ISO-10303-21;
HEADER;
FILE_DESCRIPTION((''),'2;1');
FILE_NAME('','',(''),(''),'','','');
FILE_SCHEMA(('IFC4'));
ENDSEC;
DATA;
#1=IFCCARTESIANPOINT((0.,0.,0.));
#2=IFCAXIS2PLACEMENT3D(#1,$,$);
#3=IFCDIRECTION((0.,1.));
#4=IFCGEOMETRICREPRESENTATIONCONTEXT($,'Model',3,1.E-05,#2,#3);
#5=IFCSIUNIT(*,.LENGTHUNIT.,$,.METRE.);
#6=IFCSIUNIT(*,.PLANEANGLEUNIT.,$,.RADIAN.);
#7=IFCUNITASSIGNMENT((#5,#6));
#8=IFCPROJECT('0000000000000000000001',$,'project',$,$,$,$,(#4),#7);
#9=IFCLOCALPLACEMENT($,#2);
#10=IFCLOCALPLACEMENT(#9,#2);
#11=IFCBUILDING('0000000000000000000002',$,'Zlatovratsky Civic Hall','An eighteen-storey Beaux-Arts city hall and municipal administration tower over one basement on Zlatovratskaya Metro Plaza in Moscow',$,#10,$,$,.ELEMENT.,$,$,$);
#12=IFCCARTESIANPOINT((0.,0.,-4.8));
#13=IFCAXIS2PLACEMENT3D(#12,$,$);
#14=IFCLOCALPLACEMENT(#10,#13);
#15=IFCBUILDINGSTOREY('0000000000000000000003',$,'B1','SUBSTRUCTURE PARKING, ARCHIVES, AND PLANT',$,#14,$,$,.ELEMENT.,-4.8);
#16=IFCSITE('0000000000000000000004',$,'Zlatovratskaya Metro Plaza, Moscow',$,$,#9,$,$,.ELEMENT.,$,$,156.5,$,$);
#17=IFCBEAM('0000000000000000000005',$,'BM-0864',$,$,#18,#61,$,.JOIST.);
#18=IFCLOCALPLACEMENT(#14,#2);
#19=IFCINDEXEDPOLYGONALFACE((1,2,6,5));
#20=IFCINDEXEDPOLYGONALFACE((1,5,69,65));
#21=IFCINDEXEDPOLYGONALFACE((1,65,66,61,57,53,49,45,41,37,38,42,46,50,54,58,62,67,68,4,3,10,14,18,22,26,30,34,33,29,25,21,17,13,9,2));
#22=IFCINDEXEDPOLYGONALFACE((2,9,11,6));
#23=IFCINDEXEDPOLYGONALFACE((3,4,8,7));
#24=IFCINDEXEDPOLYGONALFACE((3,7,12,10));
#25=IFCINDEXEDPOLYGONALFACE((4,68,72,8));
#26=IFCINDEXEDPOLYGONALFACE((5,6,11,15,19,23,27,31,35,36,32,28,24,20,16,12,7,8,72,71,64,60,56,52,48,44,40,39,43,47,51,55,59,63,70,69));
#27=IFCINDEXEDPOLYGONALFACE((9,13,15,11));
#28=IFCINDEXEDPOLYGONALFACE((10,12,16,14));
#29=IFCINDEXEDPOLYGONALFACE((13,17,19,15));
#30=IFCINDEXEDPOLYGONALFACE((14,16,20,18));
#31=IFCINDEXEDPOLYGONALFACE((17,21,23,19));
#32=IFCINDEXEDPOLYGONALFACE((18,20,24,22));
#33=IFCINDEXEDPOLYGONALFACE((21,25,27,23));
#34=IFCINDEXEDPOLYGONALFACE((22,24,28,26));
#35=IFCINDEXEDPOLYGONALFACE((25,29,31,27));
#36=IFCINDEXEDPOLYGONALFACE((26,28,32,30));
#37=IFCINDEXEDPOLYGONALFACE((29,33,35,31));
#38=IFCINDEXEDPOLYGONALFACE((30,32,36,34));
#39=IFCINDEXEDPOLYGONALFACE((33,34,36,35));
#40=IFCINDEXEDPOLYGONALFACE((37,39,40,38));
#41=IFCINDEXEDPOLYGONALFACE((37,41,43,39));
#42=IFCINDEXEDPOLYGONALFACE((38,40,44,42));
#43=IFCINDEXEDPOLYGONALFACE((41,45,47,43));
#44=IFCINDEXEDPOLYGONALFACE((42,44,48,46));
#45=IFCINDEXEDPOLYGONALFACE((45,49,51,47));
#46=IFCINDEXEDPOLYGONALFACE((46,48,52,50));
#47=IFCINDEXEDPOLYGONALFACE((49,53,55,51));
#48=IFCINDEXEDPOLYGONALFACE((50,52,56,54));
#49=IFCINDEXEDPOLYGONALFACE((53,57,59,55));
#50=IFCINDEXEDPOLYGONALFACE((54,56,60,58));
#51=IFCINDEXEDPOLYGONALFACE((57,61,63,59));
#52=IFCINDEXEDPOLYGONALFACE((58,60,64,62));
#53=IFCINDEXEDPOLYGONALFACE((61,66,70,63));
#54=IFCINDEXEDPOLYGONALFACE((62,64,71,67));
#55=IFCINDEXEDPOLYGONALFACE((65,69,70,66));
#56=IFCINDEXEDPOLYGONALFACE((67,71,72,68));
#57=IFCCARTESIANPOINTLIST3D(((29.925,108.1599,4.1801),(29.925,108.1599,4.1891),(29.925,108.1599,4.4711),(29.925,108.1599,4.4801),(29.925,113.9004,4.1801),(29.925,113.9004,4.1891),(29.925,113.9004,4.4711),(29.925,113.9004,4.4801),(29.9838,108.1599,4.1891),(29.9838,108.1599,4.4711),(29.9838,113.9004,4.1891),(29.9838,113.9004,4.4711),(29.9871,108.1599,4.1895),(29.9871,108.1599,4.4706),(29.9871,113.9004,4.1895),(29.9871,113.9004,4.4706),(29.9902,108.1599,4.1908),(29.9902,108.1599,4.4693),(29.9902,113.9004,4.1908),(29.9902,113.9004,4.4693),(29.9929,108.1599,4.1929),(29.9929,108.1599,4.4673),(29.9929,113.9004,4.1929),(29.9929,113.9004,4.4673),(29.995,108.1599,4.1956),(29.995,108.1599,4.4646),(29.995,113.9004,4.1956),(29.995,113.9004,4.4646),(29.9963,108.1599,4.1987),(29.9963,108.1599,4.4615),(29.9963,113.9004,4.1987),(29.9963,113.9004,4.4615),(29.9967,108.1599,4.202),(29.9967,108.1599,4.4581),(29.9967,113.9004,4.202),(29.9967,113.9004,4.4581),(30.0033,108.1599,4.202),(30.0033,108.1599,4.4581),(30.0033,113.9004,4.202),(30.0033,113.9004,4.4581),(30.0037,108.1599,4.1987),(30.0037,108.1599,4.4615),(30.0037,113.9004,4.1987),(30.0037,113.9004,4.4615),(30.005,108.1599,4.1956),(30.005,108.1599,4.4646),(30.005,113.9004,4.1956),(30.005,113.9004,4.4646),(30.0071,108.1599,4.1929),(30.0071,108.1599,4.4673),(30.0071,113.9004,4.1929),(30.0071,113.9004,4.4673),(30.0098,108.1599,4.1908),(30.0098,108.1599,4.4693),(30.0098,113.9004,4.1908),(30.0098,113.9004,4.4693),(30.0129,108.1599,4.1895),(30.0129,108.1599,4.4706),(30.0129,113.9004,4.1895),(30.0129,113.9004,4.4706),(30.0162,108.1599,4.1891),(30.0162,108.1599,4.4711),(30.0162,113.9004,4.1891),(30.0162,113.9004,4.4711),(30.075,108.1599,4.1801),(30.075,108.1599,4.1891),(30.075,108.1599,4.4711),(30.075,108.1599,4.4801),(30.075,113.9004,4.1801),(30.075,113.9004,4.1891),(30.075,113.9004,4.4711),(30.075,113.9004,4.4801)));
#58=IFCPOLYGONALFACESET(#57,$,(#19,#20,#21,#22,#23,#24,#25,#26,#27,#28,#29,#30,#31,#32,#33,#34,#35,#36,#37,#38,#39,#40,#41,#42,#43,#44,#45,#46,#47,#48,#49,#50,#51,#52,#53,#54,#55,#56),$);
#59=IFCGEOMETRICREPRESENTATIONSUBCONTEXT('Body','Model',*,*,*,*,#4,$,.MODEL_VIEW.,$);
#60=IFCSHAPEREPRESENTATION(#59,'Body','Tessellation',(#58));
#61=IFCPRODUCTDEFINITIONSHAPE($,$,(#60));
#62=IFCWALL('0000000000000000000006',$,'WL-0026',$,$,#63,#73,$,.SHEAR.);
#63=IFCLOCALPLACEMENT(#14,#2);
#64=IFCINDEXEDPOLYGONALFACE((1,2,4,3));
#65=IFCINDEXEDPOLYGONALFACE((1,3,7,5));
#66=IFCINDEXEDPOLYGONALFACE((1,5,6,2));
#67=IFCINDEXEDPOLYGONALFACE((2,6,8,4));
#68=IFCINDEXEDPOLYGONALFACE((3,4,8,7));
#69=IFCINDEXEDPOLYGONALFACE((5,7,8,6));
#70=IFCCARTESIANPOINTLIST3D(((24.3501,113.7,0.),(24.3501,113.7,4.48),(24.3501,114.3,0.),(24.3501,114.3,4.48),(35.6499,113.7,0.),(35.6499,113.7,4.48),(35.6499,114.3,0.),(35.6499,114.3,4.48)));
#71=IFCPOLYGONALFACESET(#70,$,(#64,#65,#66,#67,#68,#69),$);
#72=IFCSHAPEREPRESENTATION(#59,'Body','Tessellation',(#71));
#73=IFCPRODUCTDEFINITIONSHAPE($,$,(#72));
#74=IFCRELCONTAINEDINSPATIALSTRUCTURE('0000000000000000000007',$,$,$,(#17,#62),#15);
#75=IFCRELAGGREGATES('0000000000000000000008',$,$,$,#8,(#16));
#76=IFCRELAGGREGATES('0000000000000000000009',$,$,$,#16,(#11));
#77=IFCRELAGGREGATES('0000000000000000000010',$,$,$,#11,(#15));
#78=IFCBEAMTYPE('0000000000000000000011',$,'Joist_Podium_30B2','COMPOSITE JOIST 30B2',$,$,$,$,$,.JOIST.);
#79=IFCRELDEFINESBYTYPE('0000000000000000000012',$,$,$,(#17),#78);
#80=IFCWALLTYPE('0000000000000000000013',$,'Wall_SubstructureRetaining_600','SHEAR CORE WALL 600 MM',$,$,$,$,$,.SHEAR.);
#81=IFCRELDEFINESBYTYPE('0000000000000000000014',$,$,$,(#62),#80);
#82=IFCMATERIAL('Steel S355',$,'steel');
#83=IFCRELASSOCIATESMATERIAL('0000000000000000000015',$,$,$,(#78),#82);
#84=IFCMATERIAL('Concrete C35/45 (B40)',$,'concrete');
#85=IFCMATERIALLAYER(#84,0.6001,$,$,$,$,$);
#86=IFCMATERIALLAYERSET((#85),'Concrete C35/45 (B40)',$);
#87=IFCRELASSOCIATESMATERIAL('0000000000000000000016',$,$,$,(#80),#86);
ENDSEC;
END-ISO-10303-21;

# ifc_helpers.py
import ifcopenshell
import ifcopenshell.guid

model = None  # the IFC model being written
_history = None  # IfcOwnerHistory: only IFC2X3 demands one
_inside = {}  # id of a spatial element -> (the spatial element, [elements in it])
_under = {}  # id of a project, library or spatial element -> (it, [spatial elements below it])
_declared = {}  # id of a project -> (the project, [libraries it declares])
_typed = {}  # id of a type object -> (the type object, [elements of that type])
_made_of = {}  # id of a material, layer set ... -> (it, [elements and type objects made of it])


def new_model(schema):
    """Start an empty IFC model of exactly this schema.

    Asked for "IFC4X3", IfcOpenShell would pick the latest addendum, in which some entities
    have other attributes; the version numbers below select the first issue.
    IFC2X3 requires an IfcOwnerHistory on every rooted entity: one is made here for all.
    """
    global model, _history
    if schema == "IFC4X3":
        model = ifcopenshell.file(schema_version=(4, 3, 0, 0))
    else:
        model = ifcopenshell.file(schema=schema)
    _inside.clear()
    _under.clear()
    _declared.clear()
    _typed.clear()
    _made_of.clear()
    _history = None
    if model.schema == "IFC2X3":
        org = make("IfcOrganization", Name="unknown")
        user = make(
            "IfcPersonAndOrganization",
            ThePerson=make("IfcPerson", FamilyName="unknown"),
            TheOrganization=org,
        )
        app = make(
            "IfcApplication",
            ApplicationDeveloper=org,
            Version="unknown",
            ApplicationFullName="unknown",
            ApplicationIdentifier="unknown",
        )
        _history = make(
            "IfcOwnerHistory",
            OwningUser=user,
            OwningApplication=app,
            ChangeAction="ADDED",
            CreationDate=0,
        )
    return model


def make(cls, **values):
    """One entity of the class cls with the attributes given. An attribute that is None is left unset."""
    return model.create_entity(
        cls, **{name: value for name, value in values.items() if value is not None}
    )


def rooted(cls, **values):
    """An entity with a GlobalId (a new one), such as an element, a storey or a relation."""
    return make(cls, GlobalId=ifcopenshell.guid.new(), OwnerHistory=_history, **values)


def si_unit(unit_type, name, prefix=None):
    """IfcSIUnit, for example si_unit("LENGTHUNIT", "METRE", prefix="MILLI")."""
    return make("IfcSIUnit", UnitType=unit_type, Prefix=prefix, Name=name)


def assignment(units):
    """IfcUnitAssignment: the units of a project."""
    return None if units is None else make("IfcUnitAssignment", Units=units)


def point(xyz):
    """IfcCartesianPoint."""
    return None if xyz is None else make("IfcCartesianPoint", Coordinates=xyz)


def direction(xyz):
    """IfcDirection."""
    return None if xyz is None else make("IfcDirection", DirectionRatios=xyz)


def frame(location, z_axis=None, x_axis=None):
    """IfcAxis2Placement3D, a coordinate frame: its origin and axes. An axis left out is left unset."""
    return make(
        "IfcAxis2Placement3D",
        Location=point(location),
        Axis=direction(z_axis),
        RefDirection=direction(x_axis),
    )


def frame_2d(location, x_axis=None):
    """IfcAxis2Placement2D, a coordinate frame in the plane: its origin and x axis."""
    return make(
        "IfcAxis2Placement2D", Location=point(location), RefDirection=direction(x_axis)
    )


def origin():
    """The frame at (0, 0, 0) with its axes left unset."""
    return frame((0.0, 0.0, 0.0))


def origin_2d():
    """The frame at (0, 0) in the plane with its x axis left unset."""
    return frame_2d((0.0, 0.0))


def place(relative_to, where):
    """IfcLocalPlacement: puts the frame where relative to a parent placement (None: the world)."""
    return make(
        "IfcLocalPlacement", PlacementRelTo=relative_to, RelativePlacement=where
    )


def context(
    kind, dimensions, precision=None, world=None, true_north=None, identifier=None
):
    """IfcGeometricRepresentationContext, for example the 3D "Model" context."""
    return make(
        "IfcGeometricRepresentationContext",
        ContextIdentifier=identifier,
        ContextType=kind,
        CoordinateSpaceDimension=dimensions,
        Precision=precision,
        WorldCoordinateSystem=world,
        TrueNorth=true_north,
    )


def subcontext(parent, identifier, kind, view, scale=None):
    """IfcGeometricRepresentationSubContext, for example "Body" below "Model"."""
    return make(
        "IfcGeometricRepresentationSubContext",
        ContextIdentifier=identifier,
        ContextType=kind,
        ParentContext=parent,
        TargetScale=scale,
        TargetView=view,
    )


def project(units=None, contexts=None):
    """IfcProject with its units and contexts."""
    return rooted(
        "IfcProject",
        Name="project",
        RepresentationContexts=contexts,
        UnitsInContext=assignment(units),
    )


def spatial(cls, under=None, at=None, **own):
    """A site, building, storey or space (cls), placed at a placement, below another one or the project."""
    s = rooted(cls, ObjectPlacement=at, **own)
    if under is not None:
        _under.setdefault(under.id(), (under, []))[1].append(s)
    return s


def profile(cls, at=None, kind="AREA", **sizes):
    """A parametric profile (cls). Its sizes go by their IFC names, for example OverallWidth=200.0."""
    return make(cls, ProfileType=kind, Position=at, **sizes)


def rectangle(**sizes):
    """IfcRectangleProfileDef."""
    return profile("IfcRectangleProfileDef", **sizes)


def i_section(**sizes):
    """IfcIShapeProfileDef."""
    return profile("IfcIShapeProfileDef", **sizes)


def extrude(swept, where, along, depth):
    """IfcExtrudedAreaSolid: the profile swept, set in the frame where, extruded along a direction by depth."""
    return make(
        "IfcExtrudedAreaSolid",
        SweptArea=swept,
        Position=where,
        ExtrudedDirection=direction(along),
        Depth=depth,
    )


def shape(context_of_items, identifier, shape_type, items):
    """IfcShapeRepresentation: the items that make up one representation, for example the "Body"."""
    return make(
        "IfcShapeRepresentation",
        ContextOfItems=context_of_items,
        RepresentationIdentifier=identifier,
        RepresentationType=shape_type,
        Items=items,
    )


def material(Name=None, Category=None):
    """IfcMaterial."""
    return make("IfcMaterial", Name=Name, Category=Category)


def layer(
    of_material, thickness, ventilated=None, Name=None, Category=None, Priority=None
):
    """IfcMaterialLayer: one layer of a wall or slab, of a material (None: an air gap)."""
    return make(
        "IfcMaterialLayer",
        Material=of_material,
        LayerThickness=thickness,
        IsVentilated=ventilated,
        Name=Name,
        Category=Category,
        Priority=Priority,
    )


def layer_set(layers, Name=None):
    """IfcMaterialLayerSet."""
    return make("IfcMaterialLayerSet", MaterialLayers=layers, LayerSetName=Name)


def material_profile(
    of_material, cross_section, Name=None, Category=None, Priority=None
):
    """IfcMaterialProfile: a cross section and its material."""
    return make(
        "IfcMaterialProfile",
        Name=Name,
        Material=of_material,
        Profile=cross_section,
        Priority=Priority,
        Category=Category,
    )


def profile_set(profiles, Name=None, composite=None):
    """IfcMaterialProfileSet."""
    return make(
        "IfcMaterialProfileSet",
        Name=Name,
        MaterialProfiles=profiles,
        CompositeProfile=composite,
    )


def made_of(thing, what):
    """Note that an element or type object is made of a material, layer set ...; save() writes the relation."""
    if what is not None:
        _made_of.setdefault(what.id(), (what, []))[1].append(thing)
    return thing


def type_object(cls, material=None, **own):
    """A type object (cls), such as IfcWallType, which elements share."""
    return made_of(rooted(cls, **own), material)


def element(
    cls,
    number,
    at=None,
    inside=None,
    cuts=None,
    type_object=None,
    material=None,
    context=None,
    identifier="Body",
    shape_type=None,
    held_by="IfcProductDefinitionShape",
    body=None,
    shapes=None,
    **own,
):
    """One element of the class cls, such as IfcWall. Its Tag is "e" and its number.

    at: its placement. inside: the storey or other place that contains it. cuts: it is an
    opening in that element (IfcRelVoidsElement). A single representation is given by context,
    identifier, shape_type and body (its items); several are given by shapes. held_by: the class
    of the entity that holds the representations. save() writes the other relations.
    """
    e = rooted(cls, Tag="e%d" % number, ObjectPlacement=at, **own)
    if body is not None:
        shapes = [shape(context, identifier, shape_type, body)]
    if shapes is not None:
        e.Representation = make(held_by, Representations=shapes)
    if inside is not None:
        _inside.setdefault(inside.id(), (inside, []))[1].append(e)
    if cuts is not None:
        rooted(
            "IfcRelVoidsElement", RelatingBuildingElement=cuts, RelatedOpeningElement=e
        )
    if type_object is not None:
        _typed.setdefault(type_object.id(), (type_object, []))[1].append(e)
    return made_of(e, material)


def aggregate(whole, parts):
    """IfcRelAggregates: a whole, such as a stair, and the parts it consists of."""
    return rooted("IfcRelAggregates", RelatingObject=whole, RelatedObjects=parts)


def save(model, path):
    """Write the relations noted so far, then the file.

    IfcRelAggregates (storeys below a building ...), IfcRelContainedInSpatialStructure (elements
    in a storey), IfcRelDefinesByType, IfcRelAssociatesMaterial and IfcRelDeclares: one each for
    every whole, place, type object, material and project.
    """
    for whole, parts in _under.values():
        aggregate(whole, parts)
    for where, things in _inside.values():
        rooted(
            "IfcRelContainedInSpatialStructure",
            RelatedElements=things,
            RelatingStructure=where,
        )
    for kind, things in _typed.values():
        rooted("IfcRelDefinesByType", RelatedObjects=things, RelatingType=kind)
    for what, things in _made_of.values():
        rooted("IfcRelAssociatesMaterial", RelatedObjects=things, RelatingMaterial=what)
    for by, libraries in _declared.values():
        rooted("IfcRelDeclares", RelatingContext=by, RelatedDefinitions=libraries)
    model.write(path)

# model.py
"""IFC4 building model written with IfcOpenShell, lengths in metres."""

from ifc_helpers import new_model, si_unit, direction, frame, frame_2d, origin, origin_2d, place, context, subcontext, project, spatial, rectangle, i_section, extrude, material, layer, layer_set, material_profile, profile_set, type_object, element, save


model = new_model("IFC4")

# Units and contexts
model_context = context("Model", 3, precision=1e-05, world=origin(), true_north=direction((0.0, 1.0)))
body_context = subcontext(model_context, "Body", "Model", "MODEL_VIEW")
ifc_project = project(units=[si_unit("LENGTHUNIT", "METRE"), si_unit("PLANEANGLEUNIT", "RADIAN")], contexts=[model_context])

# Site, building, storey
site_placement = place(None, origin())
site = spatial("IfcSite", under=ifc_project, at=site_placement, Name="Zlatovratskaya Metro Plaza, Moscow", CompositionType="ELEMENT", RefElevation=156.5)
building_placement = place(site_placement, origin())
building = spatial("IfcBuilding", under=site, at=building_placement, Name="Zlatovratsky Civic Hall", Description="An eighteen-storey Beaux-Arts city hall and municipal administration tower over one basement on Zlatovratskaya Metro Plaza in Moscow", CompositionType="ELEMENT")
storey_placement = place(building_placement, frame((0.0, 0.0, -4.8)))
storey = spatial("IfcBuildingStorey", under=building, at=storey_placement, Name="B1", Description="SUBSTRUCTURE PARKING, ARCHIVES, AND PLANT", CompositionType="ELEMENT", Elevation=-4.8)

# Shared definitions
ifc_material_1 = material(Name="Concrete C35/45 (B40)", Category="concrete")
ifc_material_2 = material(Name="Steel S355", Category="steel")

# Beam
ifc_material_profile_1 = material_profile(ifc_material_2, i_section(OverallWidth=0.1499, OverallDepth=0.3, WebThickness=0.0066, FlangeThickness=0.009, FilletRadius=0.0129, at=origin_2d()), Name="30B2")
ifc_profile_set_1 = profile_set([ifc_material_profile_1], Name="Steel S355")
beam_type_1 = type_object("IfcBeamType", Name="Joist_Podium_30B2", Description="COMPOSITE JOIST 30B2", PredefinedType="JOIST", material=ifc_profile_set_1)
beam_1_placement = place(storey_placement, frame((30.0, 108.1599, 4.3301), z_axis=(0.0, 1.0, 0.0), x_axis=(-1.0, 0.0, 0.0)))
element("IfcBeam", 1, at=beam_1_placement, inside=storey, type_object=beam_type_1, Name="BM-0864", PredefinedType="JOIST", context=body_context, shape_type="SweptSolid", body=[
    extrude(i_section(OverallWidth=0.1499, OverallDepth=0.3, WebThickness=0.0066, FlangeThickness=0.009, FilletRadius=0.0129, at=origin_2d()), origin(), (0.0, 0.0, 1.0), 5.7405),
])

# Wall
ifc_layer = layer(ifc_material_1, 0.6001)
ifc_layer_set = layer_set([ifc_layer], Name="Concrete C35/45 (B40)")
wall_type = type_object("IfcWallType", Name="Wall_SubstructureRetaining_600", Description="SHEAR CORE WALL 600 MM", PredefinedType="SHEAR", material=ifc_layer_set)
wall_placement = place(storey_placement, frame((24.3501, 114.0, 0.0), z_axis=(0.0, 0.0, 1.0), x_axis=(1.0, 0.0, 0.0)))
element("IfcWall", 2, at=wall_placement, inside=storey, type_object=wall_type, Name="WL-0026", PredefinedType="SHEAR", context=body_context, shape_type="SweptSolid", body=[
    extrude(rectangle(XDim=11.2998, YDim=0.6001, at=frame_2d((5.6499, 0.0))), origin(), (0.0, 0.0, 1.0), 4.48),
])

save(model, "model.ifc")
